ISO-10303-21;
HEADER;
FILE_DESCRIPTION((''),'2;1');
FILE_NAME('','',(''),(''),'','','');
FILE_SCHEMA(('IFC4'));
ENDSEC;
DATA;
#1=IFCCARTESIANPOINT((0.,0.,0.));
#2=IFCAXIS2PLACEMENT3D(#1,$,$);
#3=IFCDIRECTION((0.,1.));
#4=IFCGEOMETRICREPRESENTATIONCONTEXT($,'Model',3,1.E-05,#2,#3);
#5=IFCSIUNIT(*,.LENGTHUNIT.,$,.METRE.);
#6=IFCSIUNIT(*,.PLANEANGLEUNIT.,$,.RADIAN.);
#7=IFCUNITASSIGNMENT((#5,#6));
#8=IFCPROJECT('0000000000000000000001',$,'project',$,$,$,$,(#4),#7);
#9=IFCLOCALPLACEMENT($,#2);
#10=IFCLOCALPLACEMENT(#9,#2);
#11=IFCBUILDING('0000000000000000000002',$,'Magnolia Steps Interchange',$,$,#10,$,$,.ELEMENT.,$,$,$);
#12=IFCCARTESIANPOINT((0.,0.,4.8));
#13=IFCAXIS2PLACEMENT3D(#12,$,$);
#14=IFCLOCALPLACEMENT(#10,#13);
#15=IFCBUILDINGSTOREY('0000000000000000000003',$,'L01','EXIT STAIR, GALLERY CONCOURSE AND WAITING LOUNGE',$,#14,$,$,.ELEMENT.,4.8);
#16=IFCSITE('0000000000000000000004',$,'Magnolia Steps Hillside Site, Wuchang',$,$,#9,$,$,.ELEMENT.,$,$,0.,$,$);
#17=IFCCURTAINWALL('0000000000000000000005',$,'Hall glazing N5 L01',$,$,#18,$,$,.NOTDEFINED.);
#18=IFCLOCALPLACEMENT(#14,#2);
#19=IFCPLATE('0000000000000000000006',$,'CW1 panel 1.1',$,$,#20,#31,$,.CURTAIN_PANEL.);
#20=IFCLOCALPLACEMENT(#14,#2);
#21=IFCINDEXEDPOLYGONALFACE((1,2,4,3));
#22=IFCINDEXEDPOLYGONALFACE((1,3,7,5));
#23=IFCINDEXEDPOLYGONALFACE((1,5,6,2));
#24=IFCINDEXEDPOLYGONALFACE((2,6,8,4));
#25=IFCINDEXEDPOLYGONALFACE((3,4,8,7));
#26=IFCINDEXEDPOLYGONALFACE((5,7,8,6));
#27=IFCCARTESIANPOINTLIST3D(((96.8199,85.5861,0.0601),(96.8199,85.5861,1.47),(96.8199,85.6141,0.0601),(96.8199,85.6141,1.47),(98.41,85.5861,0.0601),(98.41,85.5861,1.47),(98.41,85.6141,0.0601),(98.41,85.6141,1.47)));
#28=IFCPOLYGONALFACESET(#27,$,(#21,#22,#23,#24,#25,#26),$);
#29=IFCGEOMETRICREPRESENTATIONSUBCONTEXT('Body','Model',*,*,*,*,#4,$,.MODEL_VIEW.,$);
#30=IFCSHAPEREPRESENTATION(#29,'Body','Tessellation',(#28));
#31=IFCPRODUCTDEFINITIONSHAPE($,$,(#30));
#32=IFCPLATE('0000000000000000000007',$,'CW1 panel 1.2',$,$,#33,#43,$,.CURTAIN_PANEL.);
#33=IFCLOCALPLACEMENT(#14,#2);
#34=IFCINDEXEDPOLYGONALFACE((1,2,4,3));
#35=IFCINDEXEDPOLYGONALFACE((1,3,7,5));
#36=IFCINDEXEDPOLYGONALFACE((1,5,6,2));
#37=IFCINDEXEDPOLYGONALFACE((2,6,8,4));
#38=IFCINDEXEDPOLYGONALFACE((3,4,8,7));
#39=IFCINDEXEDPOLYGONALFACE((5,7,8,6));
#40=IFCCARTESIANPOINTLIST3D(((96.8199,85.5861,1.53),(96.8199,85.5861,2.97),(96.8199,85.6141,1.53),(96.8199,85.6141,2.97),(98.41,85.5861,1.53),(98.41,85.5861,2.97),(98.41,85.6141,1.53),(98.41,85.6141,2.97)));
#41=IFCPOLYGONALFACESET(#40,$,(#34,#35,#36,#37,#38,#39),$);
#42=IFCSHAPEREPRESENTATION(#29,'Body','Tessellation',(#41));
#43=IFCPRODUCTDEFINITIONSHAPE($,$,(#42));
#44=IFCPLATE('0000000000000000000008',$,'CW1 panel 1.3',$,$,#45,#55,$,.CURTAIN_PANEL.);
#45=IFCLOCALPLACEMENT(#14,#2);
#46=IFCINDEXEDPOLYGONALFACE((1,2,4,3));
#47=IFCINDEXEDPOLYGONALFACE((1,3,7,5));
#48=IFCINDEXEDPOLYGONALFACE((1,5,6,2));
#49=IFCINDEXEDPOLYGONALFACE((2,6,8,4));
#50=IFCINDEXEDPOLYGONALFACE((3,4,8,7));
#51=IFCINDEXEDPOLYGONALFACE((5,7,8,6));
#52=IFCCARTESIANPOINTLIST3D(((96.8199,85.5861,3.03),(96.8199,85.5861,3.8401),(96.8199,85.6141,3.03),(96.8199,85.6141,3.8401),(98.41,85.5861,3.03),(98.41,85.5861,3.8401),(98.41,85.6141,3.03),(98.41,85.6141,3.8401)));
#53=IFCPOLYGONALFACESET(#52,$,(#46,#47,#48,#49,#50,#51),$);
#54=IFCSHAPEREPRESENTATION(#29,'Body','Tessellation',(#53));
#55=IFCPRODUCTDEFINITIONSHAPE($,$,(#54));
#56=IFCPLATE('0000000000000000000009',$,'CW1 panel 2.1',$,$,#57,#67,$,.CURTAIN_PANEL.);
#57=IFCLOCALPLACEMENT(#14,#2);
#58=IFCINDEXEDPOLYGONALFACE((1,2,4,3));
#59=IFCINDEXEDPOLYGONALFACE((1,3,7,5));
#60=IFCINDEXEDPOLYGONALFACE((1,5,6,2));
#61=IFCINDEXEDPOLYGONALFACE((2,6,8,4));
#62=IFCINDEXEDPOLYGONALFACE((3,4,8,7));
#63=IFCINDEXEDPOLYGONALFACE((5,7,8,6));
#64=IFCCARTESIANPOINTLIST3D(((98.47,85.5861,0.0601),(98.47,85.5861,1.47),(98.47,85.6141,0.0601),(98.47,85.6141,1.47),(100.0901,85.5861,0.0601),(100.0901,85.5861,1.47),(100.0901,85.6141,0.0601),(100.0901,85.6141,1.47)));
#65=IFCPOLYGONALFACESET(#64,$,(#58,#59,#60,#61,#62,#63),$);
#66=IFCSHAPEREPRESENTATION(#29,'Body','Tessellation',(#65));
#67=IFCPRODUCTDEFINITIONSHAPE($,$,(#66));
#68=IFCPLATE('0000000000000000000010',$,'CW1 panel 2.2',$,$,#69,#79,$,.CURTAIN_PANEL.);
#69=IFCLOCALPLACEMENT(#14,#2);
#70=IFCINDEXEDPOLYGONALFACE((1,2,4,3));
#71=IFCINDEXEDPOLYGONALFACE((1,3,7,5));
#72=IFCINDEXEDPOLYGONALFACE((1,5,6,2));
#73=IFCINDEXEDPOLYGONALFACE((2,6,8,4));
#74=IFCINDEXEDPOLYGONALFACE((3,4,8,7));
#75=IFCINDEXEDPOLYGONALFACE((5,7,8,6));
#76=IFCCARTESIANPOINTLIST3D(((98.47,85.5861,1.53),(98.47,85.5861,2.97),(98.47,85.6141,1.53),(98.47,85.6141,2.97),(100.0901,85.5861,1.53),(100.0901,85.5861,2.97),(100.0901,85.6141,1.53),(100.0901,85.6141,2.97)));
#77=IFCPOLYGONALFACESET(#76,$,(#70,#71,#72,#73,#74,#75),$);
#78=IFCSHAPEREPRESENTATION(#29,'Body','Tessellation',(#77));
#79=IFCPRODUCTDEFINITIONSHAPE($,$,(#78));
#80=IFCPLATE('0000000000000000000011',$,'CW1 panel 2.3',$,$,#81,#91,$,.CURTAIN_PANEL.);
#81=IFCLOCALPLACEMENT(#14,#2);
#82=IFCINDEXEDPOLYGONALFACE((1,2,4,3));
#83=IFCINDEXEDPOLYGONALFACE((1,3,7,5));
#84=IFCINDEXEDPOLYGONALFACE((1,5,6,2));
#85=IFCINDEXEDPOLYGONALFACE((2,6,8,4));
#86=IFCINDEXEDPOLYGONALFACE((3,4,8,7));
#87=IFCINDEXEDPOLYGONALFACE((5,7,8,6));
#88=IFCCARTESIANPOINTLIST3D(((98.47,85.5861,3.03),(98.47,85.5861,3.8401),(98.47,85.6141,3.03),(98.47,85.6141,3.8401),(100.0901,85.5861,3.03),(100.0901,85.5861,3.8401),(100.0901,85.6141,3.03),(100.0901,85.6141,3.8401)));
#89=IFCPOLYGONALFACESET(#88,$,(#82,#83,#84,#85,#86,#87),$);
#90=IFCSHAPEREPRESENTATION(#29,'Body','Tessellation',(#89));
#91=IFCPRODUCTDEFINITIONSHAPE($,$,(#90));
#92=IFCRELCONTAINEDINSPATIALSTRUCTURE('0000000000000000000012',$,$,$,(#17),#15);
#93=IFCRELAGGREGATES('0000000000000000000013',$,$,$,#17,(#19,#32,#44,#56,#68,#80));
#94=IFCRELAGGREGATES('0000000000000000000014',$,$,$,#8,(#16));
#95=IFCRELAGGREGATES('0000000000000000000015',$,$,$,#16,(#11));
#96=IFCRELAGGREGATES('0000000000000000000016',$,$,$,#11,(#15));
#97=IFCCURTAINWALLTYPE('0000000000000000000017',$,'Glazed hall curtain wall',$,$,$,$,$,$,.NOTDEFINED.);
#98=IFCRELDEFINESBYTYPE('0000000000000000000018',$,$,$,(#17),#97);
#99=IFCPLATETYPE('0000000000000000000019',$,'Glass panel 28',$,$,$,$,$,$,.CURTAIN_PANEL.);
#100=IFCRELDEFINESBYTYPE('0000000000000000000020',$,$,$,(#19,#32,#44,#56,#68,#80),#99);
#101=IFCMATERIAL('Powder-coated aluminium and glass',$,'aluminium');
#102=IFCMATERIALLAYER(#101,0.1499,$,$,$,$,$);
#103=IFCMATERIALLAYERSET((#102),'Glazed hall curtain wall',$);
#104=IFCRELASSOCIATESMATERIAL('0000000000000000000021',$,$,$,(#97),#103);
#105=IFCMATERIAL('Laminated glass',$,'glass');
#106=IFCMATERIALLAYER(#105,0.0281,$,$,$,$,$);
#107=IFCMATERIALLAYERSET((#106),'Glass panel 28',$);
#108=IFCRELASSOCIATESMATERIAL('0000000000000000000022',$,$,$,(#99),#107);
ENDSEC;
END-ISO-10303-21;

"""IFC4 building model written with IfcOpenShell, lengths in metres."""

from ifc_helpers import new_model, si_unit, direction, frame, origin, origin_2d, place, context, subcontext, project, spatial, rectangle, extrude, material, layer, layer_set, type_object, element, aggregate, save


model = new_model("IFC4")

# Units and contexts
model_context = context("Model", 3, precision=1e-05, world=origin(), true_north=direction((0.0, 1.0)))
body_context = subcontext(model_context, "Body", "Model", "MODEL_VIEW")
ifc_project = project(units=[si_unit("LENGTHUNIT", "METRE"), si_unit("PLANEANGLEUNIT", "RADIAN")], contexts=[model_context])

# Site, building, storey
site_placement = place(None, origin())
site = spatial("IfcSite", under=ifc_project, at=site_placement, Name="Magnolia Steps Hillside Site, Wuchang", CompositionType="ELEMENT", RefElevation=0.0)
building_placement = place(site_placement, origin())
building = spatial("IfcBuilding", under=site, at=building_placement, Name="Magnolia Steps Interchange", CompositionType="ELEMENT")
storey_placement = place(building_placement, frame((0.0, 0.0, 4.8)))
storey = spatial("IfcBuildingStorey", under=building, at=storey_placement, Name="L01", Description="EXIT STAIR, GALLERY CONCOURSE AND WAITING LOUNGE", CompositionType="ELEMENT", Elevation=4.8)

# Curtain wall, plates
ifc_material_1 = material(Name="Powder-coated aluminium and glass", Category="aluminium")
ifc_layer_1 = layer(ifc_material_1, 0.1499)
ifc_layer_set_1 = layer_set([ifc_layer_1], Name="Glazed hall curtain wall")
curtain_wall_type = type_object("IfcCurtainWallType", Name="Glazed hall curtain wall", PredefinedType="NOTDEFINED", material=ifc_layer_set_1)
curtain_wall_placement = place(storey_placement, origin())
curtain_wall = element("IfcCurtainWall", 1, at=curtain_wall_placement, inside=storey, type_object=curtain_wall_type, Name="Hall glazing N5 L01", PredefinedType="NOTDEFINED")
ifc_material_2 = material(Name="Laminated glass", Category="glass")
ifc_layer_2 = layer(ifc_material_2, 0.0281)
ifc_layer_set_2 = layer_set([ifc_layer_2], Name="Glass panel 28")
plate_type = type_object("IfcPlateType", Name="Glass panel 28", PredefinedType="CURTAIN_PANEL", material=ifc_layer_set_2)
plate_1_placement = place(storey_placement, frame((97.615, 85.6001, 0.0601), z_axis=(0.0, 0.0, 1.0), x_axis=(1.0, 0.0, 0.0)))
plate_1 = element("IfcPlate", 2, at=plate_1_placement, type_object=plate_type, Name="CW1 panel 1.1", PredefinedType="CURTAIN_PANEL", context=body_context, shape_type="SweptSolid", body=[
    extrude(rectangle(XDim=1.5901, YDim=0.0281, at=origin_2d()), origin(), (0.0, 0.0, 1.0), 1.4099),
])
plate_2_placement = place(storey_placement, frame((97.615, 85.6001, 1.53), z_axis=(0.0, 0.0, 1.0), x_axis=(1.0, 0.0, 0.0)))
plate_2 = element("IfcPlate", 3, at=plate_2_placement, type_object=plate_type, Name="CW1 panel 1.2", PredefinedType="CURTAIN_PANEL", context=body_context, shape_type="SweptSolid", body=[
    extrude(rectangle(XDim=1.5901, YDim=0.0281, at=origin_2d()), origin(), (0.0, 0.0, 1.0), 1.4399),
])
plate_3_placement = place(storey_placement, frame((97.615, 85.6001, 3.03), z_axis=(0.0, 0.0, 1.0), x_axis=(1.0, 0.0, 0.0)))
plate_3 = element("IfcPlate", 4, at=plate_3_placement, type_object=plate_type, Name="CW1 panel 1.3", PredefinedType="CURTAIN_PANEL", context=body_context, shape_type="SweptSolid", body=[
    extrude(rectangle(XDim=1.5901, YDim=0.0281, at=origin_2d()), origin(), (0.0, 0.0, 1.0), 0.8101),
])
plate_4_placement = place(storey_placement, frame((99.28, 85.6001, 0.0601), z_axis=(0.0, 0.0, 1.0), x_axis=(1.0, 0.0, 0.0)))
plate_4 = element("IfcPlate", 5, at=plate_4_placement, type_object=plate_type, Name="CW1 panel 2.1", PredefinedType="CURTAIN_PANEL", context=body_context, shape_type="SweptSolid", body=[
    extrude(rectangle(XDim=1.6201, YDim=0.0281, at=origin_2d()), origin(), (0.0, 0.0, 1.0), 1.4099),
])
plate_5_placement = place(storey_placement, frame((99.28, 85.6001, 1.53), z_axis=(0.0, 0.0, 1.0), x_axis=(1.0, 0.0, 0.0)))
plate_5 = element("IfcPlate", 6, at=plate_5_placement, type_object=plate_type, Name="CW1 panel 2.2", PredefinedType="CURTAIN_PANEL", context=body_context, shape_type="SweptSolid", body=[
    extrude(rectangle(XDim=1.6201, YDim=0.0281, at=origin_2d()), origin(), (0.0, 0.0, 1.0), 1.4399),
])
plate_6_placement = place(storey_placement, frame((99.28, 85.6001, 3.03), z_axis=(0.0, 0.0, 1.0), x_axis=(1.0, 0.0, 0.0)))
plate_6 = element("IfcPlate", 7, at=plate_6_placement, type_object=plate_type, Name="CW1 panel 2.3", PredefinedType="CURTAIN_PANEL", context=body_context, shape_type="SweptSolid", body=[
    extrude(rectangle(XDim=1.6201, YDim=0.0281, at=origin_2d()), origin(), (0.0, 0.0, 1.0), 0.8101),
])
aggregate(curtain_wall, [plate_1, plate_2, plate_3, plate_4, plate_5, plate_6])

save(model, "model.ifc")
